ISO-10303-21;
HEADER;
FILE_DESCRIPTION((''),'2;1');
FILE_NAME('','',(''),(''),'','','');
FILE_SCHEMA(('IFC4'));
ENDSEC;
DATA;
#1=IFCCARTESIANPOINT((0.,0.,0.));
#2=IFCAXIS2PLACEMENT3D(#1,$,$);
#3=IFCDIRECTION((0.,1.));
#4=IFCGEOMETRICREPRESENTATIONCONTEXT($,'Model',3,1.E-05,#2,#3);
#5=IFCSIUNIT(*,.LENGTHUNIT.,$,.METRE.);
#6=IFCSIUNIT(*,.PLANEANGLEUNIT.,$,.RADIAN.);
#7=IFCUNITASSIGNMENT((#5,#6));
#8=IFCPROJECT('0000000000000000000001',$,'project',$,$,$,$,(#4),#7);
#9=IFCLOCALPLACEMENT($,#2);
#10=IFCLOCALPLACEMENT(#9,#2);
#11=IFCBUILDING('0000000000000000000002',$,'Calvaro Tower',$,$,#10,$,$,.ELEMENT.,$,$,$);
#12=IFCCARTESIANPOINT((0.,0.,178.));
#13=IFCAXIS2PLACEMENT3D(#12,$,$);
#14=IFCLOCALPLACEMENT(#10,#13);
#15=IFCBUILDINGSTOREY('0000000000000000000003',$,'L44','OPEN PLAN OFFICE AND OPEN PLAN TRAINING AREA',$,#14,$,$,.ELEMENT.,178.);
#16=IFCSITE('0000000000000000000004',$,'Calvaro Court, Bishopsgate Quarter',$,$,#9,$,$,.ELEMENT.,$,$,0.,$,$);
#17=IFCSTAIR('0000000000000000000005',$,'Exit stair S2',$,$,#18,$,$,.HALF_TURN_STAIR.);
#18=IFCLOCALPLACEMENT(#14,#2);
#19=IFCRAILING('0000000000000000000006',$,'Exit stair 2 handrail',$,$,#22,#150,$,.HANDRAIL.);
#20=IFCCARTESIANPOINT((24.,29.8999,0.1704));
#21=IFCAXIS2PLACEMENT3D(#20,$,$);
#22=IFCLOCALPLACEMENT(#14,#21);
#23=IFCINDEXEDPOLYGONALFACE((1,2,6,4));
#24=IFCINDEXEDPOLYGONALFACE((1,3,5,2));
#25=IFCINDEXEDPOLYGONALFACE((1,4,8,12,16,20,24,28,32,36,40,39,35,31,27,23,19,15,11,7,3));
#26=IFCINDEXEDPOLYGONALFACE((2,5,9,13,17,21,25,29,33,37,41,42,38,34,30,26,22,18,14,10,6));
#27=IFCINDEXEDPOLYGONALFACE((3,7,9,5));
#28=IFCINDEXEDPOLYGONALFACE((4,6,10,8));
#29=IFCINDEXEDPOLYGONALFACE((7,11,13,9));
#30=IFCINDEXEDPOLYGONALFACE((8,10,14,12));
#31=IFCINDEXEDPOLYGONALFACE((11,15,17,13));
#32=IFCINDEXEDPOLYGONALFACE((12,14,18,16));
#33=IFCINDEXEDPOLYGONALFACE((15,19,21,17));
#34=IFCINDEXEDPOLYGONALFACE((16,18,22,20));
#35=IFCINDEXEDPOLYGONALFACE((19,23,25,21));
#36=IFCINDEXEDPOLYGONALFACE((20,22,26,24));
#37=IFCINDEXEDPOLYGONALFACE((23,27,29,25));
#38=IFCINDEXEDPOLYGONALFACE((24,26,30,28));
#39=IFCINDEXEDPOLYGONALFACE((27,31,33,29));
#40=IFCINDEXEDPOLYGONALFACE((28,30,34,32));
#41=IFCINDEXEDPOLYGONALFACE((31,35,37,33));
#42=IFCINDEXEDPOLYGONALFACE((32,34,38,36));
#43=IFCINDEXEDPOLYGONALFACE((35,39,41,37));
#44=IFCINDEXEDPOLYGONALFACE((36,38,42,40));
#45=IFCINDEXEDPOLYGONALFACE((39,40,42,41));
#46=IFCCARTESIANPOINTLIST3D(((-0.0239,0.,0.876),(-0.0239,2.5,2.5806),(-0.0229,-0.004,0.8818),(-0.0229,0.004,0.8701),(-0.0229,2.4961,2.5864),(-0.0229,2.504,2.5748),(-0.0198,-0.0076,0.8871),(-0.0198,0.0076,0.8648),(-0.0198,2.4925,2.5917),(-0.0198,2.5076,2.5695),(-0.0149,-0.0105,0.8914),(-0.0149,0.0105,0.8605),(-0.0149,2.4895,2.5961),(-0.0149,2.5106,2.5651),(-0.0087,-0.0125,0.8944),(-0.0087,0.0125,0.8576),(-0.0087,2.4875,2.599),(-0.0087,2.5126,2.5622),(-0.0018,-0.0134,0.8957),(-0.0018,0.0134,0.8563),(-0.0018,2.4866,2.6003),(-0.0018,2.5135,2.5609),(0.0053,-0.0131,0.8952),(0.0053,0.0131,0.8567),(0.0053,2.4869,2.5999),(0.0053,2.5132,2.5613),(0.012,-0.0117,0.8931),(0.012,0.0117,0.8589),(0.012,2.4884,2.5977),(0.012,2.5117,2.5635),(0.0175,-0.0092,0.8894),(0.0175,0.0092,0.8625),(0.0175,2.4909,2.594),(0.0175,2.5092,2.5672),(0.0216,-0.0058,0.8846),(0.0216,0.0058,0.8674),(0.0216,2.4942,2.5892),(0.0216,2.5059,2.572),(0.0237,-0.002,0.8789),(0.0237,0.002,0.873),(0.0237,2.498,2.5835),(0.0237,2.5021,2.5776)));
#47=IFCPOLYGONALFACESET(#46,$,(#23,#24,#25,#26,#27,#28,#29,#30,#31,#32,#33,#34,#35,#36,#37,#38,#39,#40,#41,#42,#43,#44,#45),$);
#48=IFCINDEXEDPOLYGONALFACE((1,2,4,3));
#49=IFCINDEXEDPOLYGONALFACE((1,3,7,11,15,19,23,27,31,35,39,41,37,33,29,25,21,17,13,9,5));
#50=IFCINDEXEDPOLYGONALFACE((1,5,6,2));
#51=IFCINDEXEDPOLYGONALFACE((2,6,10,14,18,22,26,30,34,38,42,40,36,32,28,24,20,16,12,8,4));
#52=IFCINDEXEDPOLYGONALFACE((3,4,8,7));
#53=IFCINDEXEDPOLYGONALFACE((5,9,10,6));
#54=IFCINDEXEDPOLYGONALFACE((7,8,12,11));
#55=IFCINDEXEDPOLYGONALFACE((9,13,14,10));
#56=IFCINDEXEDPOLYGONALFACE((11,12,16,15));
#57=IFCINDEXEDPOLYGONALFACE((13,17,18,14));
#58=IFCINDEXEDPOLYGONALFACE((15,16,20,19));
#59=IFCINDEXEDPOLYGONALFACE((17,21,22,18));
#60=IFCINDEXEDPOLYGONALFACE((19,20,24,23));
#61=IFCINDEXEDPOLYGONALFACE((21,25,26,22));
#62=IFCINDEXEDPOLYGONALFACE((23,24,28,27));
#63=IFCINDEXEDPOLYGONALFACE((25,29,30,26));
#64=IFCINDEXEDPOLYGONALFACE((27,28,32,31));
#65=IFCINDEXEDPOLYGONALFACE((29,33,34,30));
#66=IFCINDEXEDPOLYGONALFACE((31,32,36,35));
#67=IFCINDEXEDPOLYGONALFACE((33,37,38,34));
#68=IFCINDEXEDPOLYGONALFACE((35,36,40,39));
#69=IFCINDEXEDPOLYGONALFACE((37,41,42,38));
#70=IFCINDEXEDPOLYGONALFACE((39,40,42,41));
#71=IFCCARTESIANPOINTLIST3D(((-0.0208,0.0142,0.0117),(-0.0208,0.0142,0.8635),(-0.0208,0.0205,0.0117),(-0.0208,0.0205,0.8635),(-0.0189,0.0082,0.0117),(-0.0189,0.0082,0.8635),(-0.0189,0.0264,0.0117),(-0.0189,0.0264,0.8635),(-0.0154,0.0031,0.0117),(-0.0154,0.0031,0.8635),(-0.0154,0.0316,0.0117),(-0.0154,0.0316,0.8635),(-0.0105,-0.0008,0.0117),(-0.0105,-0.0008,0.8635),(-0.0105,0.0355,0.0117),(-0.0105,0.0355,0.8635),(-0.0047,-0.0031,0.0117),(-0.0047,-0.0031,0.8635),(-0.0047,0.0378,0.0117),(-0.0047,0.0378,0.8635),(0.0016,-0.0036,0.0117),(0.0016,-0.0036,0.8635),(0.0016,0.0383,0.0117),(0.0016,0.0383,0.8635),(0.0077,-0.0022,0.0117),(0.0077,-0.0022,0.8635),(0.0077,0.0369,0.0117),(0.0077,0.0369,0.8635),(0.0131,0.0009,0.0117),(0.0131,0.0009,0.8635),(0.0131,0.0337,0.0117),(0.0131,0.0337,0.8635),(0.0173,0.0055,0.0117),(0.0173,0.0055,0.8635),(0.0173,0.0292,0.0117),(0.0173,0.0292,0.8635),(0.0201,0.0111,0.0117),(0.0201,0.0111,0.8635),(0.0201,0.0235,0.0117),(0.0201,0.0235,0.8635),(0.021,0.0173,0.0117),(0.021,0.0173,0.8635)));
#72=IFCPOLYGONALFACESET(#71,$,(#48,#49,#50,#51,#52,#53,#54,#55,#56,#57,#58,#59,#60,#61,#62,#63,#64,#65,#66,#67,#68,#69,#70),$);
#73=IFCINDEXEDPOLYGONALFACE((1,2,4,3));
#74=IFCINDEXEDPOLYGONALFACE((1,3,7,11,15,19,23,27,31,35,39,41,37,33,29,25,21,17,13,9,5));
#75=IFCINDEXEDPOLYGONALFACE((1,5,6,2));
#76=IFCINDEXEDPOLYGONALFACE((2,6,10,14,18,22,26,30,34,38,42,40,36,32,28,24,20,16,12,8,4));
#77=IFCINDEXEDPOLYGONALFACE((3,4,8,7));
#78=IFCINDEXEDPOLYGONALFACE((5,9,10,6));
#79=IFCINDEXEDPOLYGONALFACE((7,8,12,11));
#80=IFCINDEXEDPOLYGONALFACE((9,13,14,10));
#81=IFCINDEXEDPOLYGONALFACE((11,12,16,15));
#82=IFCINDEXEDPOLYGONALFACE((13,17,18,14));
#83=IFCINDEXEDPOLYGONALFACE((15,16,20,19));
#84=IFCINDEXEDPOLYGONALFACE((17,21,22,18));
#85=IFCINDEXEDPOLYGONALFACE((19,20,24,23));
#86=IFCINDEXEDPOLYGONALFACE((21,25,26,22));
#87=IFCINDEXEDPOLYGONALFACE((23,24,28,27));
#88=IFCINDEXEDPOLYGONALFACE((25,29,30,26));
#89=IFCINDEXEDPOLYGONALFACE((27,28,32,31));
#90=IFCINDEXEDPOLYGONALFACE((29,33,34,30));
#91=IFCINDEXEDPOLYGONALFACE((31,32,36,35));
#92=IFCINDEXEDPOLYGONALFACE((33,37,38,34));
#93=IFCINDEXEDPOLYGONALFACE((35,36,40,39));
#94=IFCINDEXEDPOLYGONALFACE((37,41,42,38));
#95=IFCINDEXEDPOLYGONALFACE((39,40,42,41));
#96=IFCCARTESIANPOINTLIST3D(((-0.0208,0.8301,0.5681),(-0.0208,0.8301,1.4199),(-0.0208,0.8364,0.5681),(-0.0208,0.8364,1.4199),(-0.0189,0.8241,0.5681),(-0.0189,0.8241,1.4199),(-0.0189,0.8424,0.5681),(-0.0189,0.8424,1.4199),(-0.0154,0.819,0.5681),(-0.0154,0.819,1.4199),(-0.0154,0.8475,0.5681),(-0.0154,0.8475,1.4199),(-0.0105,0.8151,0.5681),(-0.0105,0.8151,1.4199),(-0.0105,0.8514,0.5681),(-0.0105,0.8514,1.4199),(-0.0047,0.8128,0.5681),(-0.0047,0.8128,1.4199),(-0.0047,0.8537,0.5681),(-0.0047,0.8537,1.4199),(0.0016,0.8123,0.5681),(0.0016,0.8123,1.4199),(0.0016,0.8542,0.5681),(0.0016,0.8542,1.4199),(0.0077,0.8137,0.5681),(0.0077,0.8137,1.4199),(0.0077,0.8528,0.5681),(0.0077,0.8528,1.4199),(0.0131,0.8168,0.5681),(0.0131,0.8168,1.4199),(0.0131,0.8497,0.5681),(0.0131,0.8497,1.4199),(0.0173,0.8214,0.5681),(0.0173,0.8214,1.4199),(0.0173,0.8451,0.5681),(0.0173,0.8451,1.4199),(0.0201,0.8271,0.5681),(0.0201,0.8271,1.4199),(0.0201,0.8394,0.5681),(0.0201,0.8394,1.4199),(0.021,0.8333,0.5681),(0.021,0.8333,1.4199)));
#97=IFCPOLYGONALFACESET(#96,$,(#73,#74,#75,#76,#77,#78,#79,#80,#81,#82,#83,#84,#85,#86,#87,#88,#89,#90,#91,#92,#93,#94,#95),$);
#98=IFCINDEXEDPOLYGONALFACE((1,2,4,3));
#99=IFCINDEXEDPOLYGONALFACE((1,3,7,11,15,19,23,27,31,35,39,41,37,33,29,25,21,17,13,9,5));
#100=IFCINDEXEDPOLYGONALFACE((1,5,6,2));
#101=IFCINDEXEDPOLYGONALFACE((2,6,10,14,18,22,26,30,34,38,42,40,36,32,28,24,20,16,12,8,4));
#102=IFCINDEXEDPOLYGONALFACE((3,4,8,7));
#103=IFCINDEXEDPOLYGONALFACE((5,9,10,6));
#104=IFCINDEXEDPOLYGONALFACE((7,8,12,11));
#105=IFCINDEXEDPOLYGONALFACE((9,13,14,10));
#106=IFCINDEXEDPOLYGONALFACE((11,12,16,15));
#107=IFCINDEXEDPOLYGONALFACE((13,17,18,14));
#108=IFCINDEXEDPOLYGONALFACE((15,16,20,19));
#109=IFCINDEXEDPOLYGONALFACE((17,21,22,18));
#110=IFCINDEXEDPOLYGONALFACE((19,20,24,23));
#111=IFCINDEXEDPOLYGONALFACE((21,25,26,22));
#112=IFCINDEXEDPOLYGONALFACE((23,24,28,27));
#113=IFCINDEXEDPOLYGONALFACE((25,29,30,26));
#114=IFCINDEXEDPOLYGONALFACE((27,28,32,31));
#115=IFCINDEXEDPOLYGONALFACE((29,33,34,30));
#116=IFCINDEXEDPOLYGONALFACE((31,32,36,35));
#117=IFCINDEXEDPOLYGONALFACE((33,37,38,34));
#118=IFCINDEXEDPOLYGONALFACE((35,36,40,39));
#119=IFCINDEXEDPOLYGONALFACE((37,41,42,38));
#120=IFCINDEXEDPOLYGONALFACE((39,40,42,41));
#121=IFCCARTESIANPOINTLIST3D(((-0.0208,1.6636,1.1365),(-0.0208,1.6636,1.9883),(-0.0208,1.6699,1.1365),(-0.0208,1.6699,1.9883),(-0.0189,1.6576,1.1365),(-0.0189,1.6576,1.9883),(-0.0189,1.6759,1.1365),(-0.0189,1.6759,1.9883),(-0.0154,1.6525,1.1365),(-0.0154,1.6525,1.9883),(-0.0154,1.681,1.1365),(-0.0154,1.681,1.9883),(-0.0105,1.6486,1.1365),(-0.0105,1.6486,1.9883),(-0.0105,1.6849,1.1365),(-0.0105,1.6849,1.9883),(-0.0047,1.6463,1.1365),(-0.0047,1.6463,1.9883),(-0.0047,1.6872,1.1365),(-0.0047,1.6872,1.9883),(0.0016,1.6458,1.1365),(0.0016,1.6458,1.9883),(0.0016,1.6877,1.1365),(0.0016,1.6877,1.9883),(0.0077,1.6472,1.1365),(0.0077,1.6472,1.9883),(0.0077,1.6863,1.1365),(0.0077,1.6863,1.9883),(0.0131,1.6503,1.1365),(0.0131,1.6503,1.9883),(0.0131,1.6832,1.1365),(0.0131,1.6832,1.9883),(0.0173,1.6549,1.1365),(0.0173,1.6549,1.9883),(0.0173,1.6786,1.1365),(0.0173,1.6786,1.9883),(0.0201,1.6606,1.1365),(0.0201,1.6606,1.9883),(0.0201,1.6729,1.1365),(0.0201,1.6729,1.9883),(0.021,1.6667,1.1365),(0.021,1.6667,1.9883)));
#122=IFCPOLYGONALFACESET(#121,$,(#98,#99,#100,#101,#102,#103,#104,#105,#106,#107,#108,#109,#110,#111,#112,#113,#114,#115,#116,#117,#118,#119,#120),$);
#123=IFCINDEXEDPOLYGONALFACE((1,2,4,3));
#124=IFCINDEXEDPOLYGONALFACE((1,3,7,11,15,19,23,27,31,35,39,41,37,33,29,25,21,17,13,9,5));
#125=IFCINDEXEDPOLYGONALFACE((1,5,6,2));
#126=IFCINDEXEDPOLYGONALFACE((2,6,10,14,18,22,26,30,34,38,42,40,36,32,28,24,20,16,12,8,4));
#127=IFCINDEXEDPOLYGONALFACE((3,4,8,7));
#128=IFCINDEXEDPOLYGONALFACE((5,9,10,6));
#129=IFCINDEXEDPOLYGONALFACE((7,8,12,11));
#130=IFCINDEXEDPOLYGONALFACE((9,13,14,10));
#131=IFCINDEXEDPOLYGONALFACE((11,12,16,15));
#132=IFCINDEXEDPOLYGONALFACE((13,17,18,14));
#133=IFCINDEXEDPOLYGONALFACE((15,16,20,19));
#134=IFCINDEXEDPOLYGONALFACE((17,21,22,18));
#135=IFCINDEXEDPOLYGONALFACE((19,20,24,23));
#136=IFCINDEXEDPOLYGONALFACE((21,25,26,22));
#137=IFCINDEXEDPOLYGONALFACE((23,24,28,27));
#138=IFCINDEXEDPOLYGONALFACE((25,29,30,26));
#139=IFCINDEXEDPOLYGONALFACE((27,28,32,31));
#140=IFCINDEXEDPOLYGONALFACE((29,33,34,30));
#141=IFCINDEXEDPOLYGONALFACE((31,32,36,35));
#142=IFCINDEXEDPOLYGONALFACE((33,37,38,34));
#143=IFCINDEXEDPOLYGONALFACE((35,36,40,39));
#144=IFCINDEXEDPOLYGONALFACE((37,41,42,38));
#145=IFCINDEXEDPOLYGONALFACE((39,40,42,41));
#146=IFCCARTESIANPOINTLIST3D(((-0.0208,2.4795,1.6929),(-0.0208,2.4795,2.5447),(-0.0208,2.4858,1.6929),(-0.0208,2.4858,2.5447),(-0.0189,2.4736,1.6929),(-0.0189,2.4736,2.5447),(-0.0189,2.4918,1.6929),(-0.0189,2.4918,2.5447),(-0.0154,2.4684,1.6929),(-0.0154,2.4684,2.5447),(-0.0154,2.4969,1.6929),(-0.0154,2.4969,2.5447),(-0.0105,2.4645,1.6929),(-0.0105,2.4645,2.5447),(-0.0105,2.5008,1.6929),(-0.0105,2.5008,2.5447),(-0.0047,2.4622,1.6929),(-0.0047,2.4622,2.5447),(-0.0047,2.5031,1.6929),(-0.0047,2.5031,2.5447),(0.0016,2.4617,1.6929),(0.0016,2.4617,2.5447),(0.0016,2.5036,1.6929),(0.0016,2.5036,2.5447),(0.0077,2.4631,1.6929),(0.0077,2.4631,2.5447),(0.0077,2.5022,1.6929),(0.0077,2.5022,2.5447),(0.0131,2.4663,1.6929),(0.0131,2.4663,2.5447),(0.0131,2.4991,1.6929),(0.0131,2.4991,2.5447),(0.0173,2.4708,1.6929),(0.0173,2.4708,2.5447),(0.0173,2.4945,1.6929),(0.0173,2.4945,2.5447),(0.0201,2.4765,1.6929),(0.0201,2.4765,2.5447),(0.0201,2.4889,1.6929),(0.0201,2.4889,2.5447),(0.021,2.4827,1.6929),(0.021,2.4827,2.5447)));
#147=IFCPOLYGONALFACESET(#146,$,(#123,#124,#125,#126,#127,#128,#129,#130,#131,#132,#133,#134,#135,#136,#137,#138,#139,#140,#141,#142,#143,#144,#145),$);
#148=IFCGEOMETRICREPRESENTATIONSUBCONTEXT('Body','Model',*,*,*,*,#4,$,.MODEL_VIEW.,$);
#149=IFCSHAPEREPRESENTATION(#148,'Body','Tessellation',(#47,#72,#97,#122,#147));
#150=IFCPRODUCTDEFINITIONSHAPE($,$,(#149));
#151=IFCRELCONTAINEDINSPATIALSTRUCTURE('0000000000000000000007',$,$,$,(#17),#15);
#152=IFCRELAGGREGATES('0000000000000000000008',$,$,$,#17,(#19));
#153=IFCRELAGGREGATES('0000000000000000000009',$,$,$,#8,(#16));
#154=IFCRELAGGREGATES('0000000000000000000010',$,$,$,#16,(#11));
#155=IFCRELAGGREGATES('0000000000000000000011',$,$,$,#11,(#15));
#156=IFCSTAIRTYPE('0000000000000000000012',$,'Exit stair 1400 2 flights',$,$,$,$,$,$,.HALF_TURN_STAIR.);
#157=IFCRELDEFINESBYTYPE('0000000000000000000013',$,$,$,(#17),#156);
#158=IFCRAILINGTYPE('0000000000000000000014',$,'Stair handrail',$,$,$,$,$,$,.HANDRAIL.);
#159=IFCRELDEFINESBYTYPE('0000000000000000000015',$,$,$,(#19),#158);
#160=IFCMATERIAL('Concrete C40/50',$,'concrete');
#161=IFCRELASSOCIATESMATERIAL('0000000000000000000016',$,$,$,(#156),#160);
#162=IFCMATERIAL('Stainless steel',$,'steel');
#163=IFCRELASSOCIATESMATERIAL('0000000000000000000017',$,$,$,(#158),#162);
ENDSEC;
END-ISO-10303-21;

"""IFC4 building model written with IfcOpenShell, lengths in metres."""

from ifc_helpers import new_model, si_unit, direction, frame, origin, origin_2d, place, context, subcontext, project, spatial, circle, extrude, material, type_object, element, aggregate, save


model = new_model("IFC4")

# Units and contexts
model_context = context("Model", 3, precision=1e-05, world=origin(), true_north=direction((0.0, 1.0)))
body_context = subcontext(model_context, "Body", "Model", "MODEL_VIEW")
ifc_project = project(units=[si_unit("LENGTHUNIT", "METRE"), si_unit("PLANEANGLEUNIT", "RADIAN")], contexts=[model_context])

# Site, building, storey
site_placement = place(None, origin())
site = spatial("IfcSite", under=ifc_project, at=site_placement, Name="Calvaro Court, Bishopsgate Quarter", CompositionType="ELEMENT", RefElevation=0.0)
building_placement = place(site_placement, origin())
building = spatial("IfcBuilding", under=site, at=building_placement, Name="Calvaro Tower", CompositionType="ELEMENT")
storey_placement = place(building_placement, frame((0.0, 0.0, 178.0)))
storey = spatial("IfcBuildingStorey", under=building, at=storey_placement, Name="L44", Description="OPEN PLAN OFFICE AND OPEN PLAN TRAINING AREA", CompositionType="ELEMENT", Elevation=178.0)

# Stair, railing
ifc_material_1 = material(Name="Concrete C40/50", Category="concrete")
stair_type = type_object("IfcStairType", Name="Exit stair 1400 2 flights", PredefinedType="HALF_TURN_STAIR", material=ifc_material_1)
stair_placement = place(storey_placement, origin())
stair = element("IfcStair", 1, at=stair_placement, inside=storey, type_object=stair_type, Name="Exit stair S2", PredefinedType="HALF_TURN_STAIR")
ifc_material_2 = material(Name="Stainless steel", Category="steel")
railing_type = type_object("IfcRailingType", Name="Stair handrail", PredefinedType="HANDRAIL", material=ifc_material_2)
railing_placement = place(storey_placement, frame((24.0, 29.8999, 0.1704)))
railing = element("IfcRailing", 2, at=railing_placement, type_object=railing_type, Name="Exit stair 2 handrail", PredefinedType="HANDRAIL", context=body_context, shape_type="SweptSolid", body=[
    extrude(circle(Radius=0.0239, at=origin_2d()), frame((0.0, 0.0, 0.876), z_axis=(0.0, 0.826221, 0.563347), x_axis=(-1.0, 0.0, 0.0)), (0.0, 0.0, 1.0), 3.0259),
    extrude(circle(Radius=0.021, at=origin_2d()), frame((0.0, 0.0173, 0.0117)), (0.0, 0.0, 1.0), 0.8518),
    extrude(circle(Radius=0.021, at=origin_2d()), frame((0.0, 0.8333, 0.5681)), (0.0, 0.0, 1.0), 0.8518),
    extrude(circle(Radius=0.021, at=origin_2d()), frame((0.0, 1.6667, 1.1365)), (0.0, 0.0, 1.0), 0.8518),
    extrude(circle(Radius=0.021, at=origin_2d()), frame((0.0, 2.4827, 1.6929)), (0.0, 0.0, 1.0), 0.8518),
])
aggregate(stair, [railing])

save(model, "model.ifc")
